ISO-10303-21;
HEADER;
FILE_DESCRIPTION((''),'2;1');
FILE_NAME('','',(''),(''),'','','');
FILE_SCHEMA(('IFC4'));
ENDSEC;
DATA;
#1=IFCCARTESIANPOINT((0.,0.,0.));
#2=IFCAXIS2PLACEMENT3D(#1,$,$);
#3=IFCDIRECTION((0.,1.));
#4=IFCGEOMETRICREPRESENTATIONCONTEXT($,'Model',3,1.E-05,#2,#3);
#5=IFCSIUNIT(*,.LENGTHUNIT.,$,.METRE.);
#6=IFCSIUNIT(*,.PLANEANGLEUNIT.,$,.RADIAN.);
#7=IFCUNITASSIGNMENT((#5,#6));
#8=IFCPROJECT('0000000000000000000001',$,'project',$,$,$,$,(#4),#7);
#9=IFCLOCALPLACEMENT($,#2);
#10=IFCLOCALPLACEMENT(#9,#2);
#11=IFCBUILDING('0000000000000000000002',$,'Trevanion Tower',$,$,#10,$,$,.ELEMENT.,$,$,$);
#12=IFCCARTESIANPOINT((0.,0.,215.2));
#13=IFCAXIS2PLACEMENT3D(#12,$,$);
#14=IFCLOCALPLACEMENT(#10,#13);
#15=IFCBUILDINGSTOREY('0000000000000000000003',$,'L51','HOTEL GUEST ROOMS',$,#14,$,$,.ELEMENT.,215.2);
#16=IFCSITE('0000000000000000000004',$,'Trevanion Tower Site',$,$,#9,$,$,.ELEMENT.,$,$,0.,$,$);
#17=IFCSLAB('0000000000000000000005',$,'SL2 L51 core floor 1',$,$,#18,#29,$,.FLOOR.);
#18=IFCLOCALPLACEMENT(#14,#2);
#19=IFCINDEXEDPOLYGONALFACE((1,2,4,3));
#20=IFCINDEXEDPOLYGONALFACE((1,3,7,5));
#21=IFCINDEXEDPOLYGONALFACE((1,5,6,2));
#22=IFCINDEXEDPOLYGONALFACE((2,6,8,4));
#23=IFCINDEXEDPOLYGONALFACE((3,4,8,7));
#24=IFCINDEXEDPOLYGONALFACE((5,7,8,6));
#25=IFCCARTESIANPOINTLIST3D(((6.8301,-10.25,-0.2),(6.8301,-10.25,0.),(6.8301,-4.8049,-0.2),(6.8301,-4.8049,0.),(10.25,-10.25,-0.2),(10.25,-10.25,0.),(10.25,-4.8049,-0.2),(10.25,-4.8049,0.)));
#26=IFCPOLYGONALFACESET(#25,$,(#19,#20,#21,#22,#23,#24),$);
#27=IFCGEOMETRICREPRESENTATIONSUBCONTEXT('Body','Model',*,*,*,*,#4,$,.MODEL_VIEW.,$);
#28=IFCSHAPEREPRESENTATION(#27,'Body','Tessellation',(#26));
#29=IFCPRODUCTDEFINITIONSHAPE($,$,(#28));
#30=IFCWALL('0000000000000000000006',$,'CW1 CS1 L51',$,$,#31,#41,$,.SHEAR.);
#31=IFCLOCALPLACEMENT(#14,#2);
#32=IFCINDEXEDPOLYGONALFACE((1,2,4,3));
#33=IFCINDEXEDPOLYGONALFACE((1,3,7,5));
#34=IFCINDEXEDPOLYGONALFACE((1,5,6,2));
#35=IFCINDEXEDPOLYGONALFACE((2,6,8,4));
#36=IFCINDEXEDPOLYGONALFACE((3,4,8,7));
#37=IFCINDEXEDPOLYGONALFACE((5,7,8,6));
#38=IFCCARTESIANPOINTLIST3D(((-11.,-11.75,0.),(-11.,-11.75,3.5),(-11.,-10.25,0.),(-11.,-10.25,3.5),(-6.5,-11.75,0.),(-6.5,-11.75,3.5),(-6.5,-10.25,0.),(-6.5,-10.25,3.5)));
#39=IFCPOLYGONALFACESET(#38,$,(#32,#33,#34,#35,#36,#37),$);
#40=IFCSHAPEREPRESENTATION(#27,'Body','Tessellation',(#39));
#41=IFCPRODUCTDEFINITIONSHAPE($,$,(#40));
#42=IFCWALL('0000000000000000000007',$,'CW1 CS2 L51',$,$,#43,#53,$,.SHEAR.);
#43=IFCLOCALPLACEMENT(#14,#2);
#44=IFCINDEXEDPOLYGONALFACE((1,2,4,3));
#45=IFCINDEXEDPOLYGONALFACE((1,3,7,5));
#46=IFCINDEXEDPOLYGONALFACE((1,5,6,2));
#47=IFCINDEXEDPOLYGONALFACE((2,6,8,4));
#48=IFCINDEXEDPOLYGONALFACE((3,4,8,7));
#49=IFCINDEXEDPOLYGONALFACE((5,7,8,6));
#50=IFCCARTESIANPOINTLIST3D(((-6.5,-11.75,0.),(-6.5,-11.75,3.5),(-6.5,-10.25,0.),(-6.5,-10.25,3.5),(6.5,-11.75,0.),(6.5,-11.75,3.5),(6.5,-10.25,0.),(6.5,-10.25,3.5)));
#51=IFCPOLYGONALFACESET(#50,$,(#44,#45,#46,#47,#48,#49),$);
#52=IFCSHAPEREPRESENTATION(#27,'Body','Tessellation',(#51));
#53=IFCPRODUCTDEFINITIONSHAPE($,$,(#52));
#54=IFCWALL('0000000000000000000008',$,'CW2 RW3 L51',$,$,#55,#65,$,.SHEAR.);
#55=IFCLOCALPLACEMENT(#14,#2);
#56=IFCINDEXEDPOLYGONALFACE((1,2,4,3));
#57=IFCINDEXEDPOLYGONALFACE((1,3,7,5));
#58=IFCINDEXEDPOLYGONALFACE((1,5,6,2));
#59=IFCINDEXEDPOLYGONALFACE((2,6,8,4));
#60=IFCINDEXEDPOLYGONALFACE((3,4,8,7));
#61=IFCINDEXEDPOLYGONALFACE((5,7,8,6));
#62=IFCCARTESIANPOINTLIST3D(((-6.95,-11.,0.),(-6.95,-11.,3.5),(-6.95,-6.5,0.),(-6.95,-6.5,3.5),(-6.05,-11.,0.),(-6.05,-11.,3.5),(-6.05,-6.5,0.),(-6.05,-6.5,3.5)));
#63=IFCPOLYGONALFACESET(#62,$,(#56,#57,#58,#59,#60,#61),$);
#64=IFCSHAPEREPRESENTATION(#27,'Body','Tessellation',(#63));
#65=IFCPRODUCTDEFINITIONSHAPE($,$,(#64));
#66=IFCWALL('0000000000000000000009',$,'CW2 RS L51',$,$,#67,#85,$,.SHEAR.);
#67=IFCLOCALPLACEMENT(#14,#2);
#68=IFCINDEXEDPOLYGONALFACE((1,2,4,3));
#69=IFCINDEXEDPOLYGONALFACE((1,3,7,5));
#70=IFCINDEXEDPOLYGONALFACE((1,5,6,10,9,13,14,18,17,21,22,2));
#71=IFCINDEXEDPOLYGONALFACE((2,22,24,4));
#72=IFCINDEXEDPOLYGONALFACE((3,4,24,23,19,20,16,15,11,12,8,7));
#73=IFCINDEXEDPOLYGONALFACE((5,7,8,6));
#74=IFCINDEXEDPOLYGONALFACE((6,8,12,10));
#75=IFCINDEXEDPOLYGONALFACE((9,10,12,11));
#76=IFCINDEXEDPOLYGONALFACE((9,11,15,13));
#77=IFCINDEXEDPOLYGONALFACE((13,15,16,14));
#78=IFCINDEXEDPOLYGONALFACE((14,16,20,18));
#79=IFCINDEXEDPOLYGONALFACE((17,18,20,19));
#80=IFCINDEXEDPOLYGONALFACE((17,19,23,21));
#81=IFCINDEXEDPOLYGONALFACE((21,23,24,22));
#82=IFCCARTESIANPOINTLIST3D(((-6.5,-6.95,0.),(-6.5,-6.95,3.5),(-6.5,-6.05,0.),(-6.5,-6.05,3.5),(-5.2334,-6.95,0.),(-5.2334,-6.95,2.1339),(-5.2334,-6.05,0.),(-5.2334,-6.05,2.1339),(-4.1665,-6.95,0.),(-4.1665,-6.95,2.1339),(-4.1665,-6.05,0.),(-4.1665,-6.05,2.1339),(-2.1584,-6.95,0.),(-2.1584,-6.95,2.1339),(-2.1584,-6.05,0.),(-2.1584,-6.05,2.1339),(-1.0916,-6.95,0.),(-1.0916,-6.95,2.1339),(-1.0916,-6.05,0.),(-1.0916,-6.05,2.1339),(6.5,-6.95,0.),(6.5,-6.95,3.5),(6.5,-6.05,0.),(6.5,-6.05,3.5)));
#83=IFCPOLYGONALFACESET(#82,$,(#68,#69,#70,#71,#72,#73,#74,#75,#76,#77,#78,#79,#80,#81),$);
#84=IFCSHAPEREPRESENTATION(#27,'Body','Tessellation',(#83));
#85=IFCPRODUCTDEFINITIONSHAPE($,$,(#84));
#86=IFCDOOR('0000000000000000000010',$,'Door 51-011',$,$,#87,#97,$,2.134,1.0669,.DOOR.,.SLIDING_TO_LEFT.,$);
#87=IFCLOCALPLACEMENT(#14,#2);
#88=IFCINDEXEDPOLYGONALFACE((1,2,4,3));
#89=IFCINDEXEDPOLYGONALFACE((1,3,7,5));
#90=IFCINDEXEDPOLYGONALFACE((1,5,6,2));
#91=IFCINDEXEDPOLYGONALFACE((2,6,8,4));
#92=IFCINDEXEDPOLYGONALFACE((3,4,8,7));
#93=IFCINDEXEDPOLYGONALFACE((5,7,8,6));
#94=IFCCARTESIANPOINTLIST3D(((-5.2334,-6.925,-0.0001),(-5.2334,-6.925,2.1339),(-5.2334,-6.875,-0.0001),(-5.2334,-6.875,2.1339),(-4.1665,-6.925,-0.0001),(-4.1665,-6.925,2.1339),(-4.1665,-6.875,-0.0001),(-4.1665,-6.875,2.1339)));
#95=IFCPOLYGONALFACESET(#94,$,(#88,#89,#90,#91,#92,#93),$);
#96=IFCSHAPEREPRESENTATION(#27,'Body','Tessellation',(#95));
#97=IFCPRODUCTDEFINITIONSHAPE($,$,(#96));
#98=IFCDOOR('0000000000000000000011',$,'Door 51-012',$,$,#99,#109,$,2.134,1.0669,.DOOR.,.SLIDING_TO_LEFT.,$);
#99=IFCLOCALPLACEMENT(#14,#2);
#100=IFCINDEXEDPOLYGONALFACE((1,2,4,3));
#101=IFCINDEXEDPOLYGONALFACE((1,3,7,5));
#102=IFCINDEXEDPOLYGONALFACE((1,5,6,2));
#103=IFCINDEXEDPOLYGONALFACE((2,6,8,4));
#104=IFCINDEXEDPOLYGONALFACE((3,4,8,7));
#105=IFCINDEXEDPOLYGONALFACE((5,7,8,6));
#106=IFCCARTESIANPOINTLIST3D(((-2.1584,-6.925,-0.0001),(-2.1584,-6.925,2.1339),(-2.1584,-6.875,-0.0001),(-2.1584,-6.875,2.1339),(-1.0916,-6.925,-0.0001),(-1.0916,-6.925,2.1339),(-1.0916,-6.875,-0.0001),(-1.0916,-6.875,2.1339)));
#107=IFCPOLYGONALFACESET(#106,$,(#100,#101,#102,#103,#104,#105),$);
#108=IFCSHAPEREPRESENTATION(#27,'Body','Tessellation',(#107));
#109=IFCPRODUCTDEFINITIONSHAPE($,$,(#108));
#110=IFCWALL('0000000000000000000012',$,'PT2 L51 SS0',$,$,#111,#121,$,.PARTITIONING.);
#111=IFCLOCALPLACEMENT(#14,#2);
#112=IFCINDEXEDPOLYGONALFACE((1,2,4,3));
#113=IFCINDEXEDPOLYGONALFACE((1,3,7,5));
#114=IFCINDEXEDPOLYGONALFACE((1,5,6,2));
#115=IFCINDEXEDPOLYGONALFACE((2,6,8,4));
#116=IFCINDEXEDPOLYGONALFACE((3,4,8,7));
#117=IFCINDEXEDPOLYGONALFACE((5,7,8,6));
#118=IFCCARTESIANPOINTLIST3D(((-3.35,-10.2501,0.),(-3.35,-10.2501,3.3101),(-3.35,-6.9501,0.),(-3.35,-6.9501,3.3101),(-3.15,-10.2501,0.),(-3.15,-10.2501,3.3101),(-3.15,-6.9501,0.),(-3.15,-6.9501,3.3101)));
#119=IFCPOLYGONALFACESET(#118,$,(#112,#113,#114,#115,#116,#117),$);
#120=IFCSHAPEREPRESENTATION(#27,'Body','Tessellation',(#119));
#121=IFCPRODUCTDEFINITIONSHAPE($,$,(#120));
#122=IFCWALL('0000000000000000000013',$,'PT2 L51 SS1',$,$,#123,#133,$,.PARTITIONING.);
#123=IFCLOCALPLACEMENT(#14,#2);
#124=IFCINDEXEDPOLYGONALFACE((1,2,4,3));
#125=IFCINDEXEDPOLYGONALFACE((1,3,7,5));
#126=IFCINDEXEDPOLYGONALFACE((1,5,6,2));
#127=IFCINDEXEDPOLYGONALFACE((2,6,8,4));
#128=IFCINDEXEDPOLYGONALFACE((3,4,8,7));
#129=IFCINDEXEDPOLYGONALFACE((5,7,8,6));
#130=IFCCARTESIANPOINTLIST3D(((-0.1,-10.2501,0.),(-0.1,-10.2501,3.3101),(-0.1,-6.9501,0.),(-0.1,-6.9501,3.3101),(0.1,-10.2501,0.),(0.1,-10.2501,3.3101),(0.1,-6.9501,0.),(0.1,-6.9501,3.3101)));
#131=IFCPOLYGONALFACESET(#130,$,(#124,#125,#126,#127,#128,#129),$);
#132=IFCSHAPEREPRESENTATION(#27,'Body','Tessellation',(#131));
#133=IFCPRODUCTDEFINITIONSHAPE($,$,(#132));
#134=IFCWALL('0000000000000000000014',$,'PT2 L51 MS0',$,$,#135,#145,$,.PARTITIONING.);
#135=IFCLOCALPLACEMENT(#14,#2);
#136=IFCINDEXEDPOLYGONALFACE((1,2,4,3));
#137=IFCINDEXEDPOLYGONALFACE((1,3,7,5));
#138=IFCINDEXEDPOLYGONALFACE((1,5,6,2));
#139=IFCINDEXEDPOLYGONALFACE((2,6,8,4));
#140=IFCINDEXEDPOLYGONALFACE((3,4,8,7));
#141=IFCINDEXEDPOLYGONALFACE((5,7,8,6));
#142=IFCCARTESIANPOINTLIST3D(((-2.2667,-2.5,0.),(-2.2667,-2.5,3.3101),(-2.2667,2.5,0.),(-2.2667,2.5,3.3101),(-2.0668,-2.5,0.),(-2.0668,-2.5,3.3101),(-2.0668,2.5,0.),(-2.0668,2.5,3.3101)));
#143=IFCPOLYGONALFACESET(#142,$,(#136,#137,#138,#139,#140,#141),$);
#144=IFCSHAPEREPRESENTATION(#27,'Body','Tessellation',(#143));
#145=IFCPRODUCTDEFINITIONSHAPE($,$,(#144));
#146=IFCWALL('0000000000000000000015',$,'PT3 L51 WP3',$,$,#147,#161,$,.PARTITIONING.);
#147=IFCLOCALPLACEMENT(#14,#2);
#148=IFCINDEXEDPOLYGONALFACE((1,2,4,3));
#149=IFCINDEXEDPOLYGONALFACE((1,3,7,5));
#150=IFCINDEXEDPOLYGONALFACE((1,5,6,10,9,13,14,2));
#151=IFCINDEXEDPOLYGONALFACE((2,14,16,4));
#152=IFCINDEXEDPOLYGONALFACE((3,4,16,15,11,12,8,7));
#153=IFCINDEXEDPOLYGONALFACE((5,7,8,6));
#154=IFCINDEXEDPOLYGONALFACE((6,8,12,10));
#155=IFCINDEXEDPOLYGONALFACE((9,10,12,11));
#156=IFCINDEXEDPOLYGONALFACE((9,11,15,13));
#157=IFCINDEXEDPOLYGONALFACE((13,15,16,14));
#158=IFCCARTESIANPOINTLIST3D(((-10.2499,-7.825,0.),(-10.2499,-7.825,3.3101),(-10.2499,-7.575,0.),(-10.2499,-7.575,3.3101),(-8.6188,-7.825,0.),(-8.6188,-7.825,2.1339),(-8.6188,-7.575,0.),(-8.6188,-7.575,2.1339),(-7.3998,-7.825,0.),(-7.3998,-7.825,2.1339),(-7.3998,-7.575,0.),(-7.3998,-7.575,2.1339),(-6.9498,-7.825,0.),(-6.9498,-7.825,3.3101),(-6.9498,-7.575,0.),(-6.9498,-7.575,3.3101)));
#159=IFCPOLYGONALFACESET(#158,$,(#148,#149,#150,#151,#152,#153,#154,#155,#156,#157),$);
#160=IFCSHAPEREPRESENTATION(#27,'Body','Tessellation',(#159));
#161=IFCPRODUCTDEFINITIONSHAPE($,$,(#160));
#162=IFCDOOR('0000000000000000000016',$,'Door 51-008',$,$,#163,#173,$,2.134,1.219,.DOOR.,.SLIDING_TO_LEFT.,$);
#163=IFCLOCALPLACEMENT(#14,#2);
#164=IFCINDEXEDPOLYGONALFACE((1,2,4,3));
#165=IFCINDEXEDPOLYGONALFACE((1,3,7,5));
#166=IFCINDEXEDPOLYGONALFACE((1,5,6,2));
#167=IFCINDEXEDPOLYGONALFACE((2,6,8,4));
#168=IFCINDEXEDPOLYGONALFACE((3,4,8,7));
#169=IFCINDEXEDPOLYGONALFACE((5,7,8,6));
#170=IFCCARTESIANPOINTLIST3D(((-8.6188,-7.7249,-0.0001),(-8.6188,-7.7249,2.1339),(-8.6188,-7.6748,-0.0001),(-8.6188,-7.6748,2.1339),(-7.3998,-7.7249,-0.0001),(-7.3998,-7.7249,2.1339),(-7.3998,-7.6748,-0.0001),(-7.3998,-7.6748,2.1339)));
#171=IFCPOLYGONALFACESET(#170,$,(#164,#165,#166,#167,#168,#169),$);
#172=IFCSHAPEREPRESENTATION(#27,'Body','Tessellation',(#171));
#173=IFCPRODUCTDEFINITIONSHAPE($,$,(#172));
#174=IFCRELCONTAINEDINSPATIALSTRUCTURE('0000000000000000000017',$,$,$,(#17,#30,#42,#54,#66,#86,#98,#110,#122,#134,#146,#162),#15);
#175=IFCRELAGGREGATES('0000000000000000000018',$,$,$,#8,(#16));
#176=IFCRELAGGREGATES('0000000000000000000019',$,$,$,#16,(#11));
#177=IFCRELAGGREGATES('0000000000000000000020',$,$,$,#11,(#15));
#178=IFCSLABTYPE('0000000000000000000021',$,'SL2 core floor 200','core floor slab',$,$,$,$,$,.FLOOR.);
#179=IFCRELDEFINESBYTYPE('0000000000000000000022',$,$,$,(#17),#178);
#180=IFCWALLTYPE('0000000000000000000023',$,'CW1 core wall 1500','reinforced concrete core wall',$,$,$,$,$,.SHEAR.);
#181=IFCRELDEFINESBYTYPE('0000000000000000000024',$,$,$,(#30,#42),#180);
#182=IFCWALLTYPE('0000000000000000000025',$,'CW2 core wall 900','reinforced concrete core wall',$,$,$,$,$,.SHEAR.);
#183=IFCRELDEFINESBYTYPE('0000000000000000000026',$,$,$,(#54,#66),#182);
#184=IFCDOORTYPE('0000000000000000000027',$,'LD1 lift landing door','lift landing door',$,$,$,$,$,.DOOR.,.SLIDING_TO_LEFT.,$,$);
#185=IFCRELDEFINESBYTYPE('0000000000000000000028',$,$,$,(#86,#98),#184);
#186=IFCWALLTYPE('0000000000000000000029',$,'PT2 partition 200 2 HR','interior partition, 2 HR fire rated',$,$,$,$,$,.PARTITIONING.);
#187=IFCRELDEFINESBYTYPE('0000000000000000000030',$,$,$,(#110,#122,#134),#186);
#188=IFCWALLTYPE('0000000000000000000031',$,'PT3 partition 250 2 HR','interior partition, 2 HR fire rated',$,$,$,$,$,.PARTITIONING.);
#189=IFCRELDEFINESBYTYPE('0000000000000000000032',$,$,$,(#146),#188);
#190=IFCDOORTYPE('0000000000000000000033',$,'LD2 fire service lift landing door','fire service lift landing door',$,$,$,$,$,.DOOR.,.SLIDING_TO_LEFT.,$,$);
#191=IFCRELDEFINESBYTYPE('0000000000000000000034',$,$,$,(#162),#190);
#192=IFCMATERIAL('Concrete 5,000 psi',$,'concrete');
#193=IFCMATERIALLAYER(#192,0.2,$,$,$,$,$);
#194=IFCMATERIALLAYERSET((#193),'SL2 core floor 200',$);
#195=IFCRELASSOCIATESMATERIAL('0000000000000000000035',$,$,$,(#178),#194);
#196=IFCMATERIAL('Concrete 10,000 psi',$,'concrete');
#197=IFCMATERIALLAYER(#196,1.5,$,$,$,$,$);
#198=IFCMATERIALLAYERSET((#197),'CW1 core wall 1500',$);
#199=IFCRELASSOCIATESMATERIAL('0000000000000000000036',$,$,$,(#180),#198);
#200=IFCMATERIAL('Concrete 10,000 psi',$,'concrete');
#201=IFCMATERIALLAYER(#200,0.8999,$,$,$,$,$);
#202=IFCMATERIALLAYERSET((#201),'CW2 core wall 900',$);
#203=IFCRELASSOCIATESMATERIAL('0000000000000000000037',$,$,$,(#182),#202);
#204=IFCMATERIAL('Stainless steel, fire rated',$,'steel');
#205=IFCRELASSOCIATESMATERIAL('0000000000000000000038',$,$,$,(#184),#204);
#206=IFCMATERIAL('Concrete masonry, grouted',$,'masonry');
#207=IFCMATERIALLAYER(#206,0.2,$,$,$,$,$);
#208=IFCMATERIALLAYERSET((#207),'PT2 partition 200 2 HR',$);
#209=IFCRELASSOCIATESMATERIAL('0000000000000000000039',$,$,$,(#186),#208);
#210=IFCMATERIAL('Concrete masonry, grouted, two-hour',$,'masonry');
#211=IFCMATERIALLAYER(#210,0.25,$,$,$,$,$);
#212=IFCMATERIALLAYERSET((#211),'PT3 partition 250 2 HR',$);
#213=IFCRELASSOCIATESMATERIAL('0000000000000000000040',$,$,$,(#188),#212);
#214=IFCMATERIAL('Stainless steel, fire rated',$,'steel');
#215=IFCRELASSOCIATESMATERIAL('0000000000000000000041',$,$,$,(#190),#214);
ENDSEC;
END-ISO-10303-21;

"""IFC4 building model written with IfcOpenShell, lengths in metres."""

from ifc_helpers import new_model, si_unit, direction, frame, frame_2d, origin, place, context, subcontext, project, spatial, polyline, rectangle, outline, extrude, material, layer, layer_set, type_object, element, fill, save


model = new_model("IFC4")

# Units and contexts
model_context = context("Model", 3, precision=1e-05, world=origin(), true_north=direction((0.0, 1.0)))
body_context = subcontext(model_context, "Body", "Model", "MODEL_VIEW")
ifc_project = project(units=[si_unit("LENGTHUNIT", "METRE"), si_unit("PLANEANGLEUNIT", "RADIAN")], contexts=[model_context])

# Site, building, storey
site_placement = place(None, origin())
site = spatial("IfcSite", under=ifc_project, at=site_placement, Name="Trevanion Tower Site", CompositionType="ELEMENT", RefElevation=0.0)
building_placement = place(site_placement, origin())
building = spatial("IfcBuilding", under=site, at=building_placement, Name="Trevanion Tower", CompositionType="ELEMENT")
storey_placement = place(building_placement, frame((0.0, 0.0, 215.2)))
storey = spatial("IfcBuildingStorey", under=building, at=storey_placement, Name="L51", Description="HOTEL GUEST ROOMS", CompositionType="ELEMENT", Elevation=215.2)

# Slab
ifc_material_1 = material(Name="Concrete 5,000 psi", Category="concrete")
ifc_layer_1 = layer(ifc_material_1, 0.2)
ifc_layer_set_1 = layer_set([ifc_layer_1], Name="SL2 core floor 200")
slab_type_1 = type_object("IfcSlabType", Name="SL2 core floor 200", Description="core floor slab", PredefinedType="FLOOR", material=ifc_layer_set_1)
slab_1_placement = place(storey_placement, frame((0.0, 0.0, -0.2)))
element("IfcSlab", 1, at=slab_1_placement, inside=storey, type_object=slab_type_1, Name="SL2 L51 core floor 1", PredefinedType="FLOOR", context=body_context, shape_type="SweptSolid", body=[
    extrude(outline(polyline([(10.25, -4.8049), (10.25, -10.25), (6.8301, -10.25), (6.8301, -4.8049), (10.25, -4.8049)])), origin(), (0.0, 0.0, 1.0), 0.2),
])

# Walls
ifc_material_2 = material(Name="Concrete 10,000 psi", Category="concrete")
ifc_layer_2 = layer(ifc_material_2, 1.5)
ifc_layer_set_2 = layer_set([ifc_layer_2], Name="CW1 core wall 1500")
wall_type_1 = type_object("IfcWallType", Name="CW1 core wall 1500", Description="reinforced concrete core wall", PredefinedType="SHEAR", material=ifc_layer_set_2)
wall_1_placement = place(storey_placement, frame((-11.0, -11.0, 0.0), z_axis=(0.0, 0.0, 1.0), x_axis=(1.0, 0.0, 0.0)))
element("IfcWall", 2, at=wall_1_placement, inside=storey, type_object=wall_type_1, Name="CW1 CS1 L51", PredefinedType="SHEAR", context=body_context, shape_type="SweptSolid", body=[
    extrude(rectangle(XDim=4.5, YDim=1.5, at=frame_2d((2.25, 0.0))), origin(), (0.0, 0.0, 1.0), 3.5),
])
wall_2_placement = place(storey_placement, frame((-6.5, -11.0, 0.0), z_axis=(0.0, 0.0, 1.0), x_axis=(1.0, 0.0, 0.0)))
element("IfcWall", 3, at=wall_2_placement, inside=storey, type_object=wall_type_1, Name="CW1 CS2 L51", PredefinedType="SHEAR", context=body_context, shape_type="SweptSolid", body=[
    extrude(rectangle(XDim=13.0, YDim=1.5, at=frame_2d((6.5, 0.0))), origin(), (0.0, 0.0, 1.0), 3.5),
])
ifc_material_3 = material(Name="Concrete 10,000 psi", Category="concrete")
ifc_layer_3 = layer(ifc_material_3, 0.8999)
ifc_layer_set_3 = layer_set([ifc_layer_3], Name="CW2 core wall 900")
wall_type_2 = type_object("IfcWallType", Name="CW2 core wall 900", Description="reinforced concrete core wall", PredefinedType="SHEAR", material=ifc_layer_set_3)
wall_3_placement = place(storey_placement, frame((-6.5, -6.5, 0.0), z_axis=(0.0, 0.0, 1.0), x_axis=(0.0, -1.0, 0.0)))
element("IfcWall", 4, at=wall_3_placement, inside=storey, type_object=wall_type_2, Name="CW2 RW3 L51", PredefinedType="SHEAR", context=body_context, shape_type="SweptSolid", body=[
    extrude(rectangle(XDim=4.5, YDim=0.8999, at=frame_2d((2.25, 0.0))), origin(), (0.0, 0.0, 1.0), 3.5),
])

# Wall, openings, doors
wall_4_placement = place(storey_placement, frame((-6.5, -6.5, 0.0), z_axis=(0.0, 0.0, 1.0), x_axis=(1.0, 0.0, 0.0)))
wall_4 = element("IfcWall", 5, at=wall_4_placement, inside=storey, type_object=wall_type_2, Name="CW2 RS L51", PredefinedType="SHEAR", context=body_context, shape_type="SweptSolid", body=[
    extrude(rectangle(XDim=13.0, YDim=0.8999, at=frame_2d((6.5, 0.0))), origin(), (0.0, 0.0, 1.0), 3.5),
])
opening_1_placement = place(wall_4_placement, frame((1.2666, 0.0, 0.0)))
opening_1 = element("IfcOpeningElement", 6, at=opening_1_placement, cuts=wall_4, PredefinedType="OPENING", context=body_context, shape_type="SweptSolid", body=[
    extrude(rectangle(XDim=1.0669, YDim=2.134, at=frame_2d((0.5334, 1.0669))), frame((0.0, 0.46, 0.0), z_axis=(0.0, -1.0, 0.0), x_axis=(1.0, 0.0, 0.0)), (0.0, 0.0, 1.0), 0.9199),
])
opening_2_placement = place(wall_4_placement, frame((4.3416, 0.0, 0.0)))
opening_2 = element("IfcOpeningElement", 7, at=opening_2_placement, cuts=wall_4, PredefinedType="OPENING", context=body_context, shape_type="SweptSolid", body=[
    extrude(rectangle(XDim=1.0669, YDim=2.134, at=frame_2d((0.5334, 1.0669))), frame((0.0, 0.46, 0.0), z_axis=(0.0, -1.0, 0.0), x_axis=(1.0, 0.0, 0.0)), (0.0, 0.0, 1.0), 0.9199),
])
ifc_material_4 = material(Name="Stainless steel, fire rated", Category="steel")
door_type_1 = type_object("IfcDoorType", Name="LD1 lift landing door", Description="lift landing door", OperationType="SLIDING_TO_LEFT", PredefinedType="DOOR", material=ifc_material_4)
door_1_placement = place(opening_1_placement, origin())
door_1 = element("IfcDoor", 8, at=door_1_placement, inside=storey, type_object=door_type_1, Name="Door 51-011", OperationType="SLIDING_TO_LEFT", OverallHeight=2.134, OverallWidth=1.0669, PredefinedType="DOOR", context=body_context, shape_type="SweptSolid", body=[
    extrude(rectangle(XDim=1.0669, YDim=2.134, at=frame_2d((0.5334, 1.0669))), frame((0.0, -0.375, 0.0), z_axis=(0.0, -1.0, 0.0), x_axis=(1.0, 0.0, 0.0)), (0.0, 0.0, 1.0), 0.05),
])
fill(opening_1, door_1)
door_2_placement = place(opening_2_placement, origin())
door_2 = element("IfcDoor", 9, at=door_2_placement, inside=storey, type_object=door_type_1, Name="Door 51-012", OperationType="SLIDING_TO_LEFT", OverallHeight=2.134, OverallWidth=1.0669, PredefinedType="DOOR", context=body_context, shape_type="SweptSolid", body=[
    extrude(rectangle(XDim=1.0669, YDim=2.134, at=frame_2d((0.5334, 1.0669))), frame((0.0, -0.375, 0.0), z_axis=(0.0, -1.0, 0.0), x_axis=(1.0, 0.0, 0.0)), (0.0, 0.0, 1.0), 0.05),
])
fill(opening_2, door_2)

# Walls
ifc_material_5 = material(Name="Concrete masonry, grouted", Category="masonry")
ifc_layer_4 = layer(ifc_material_5, 0.2)
ifc_layer_set_4 = layer_set([ifc_layer_4], Name="PT2 partition 200 2 HR")
wall_type_3 = type_object("IfcWallType", Name="PT2 partition 200 2 HR", Description="interior partition, 2 HR fire rated", PredefinedType="PARTITIONING", material=ifc_layer_set_4)
for number, where, z_axis, x_axis, name in (
    (10, (-3.25, -10.25, 0.0), (0.0, 0.0, 1.0), (0.0, 1.0, 0.0), "PT2 L51 SS0"),
    (11, (0.0, -10.25, 0.0), (0.0, 0.0, 1.0), (0.0, 1.0, 0.0), "PT2 L51 SS1"),
):
    element("IfcWall", number, at=place(storey_placement, frame(where, z_axis=z_axis, x_axis=x_axis)), inside=storey, type_object=wall_type_3, Name=name, PredefinedType="PARTITIONING", context=body_context, shape_type="SweptSolid", body=[
        extrude(rectangle(XDim=3.3, YDim=0.2, at=frame_2d((1.6499, 0.0))), origin(), (0.0, 0.0, 1.0), 3.3101),
    ])
wall_5_placement = place(storey_placement, frame((-2.1667, -2.5, 0.0), z_axis=(0.0, 0.0, 1.0), x_axis=(0.0, 1.0, 0.0)))
element("IfcWall", 12, at=wall_5_placement, inside=storey, type_object=wall_type_3, Name="PT2 L51 MS0", PredefinedType="PARTITIONING", context=body_context, shape_type="SweptSolid", body=[
    extrude(rectangle(XDim=5.0, YDim=0.2, at=frame_2d((2.5, 0.0))), origin(), (0.0, 0.0, 1.0), 3.3101),
])

# Wall, opening, door
ifc_material_6 = material(Name="Concrete masonry, grouted, two-hour", Category="masonry")
ifc_layer_5 = layer(ifc_material_6, 0.25)
ifc_layer_set_5 = layer_set([ifc_layer_5], Name="PT3 partition 250 2 HR")
wall_type_4 = type_object("IfcWallType", Name="PT3 partition 250 2 HR", Description="interior partition, 2 HR fire rated", PredefinedType="PARTITIONING", material=ifc_layer_set_5)
wall_6_placement = place(storey_placement, frame((-6.95, -7.7, 0.0), z_axis=(0.0, 0.0, 1.0), x_axis=(-1.0, 0.0, 0.0)))
wall_6 = element("IfcWall", 13, at=wall_6_placement, inside=storey, type_object=wall_type_4, Name="PT3 L51 WP3", PredefinedType="PARTITIONING", context=body_context, shape_type="SweptSolid", body=[
    extrude(rectangle(XDim=3.3, YDim=0.25, at=frame_2d((1.6499, 0.0))), origin(), (0.0, 0.0, 1.0), 3.3101),
])
opening_3_placement = place(wall_6_placement, frame((0.45, 0.0, 0.0)))
opening_3 = element("IfcOpeningElement", 14, at=opening_3_placement, cuts=wall_6, PredefinedType="OPENING", context=body_context, shape_type="SweptSolid", body=[
    extrude(rectangle(XDim=1.219, YDim=2.134, at=frame_2d((0.6094, 1.0669))), frame((0.0, 0.135, 0.0), z_axis=(0.0, -1.0, 0.0), x_axis=(1.0, 0.0, 0.0)), (0.0, 0.0, 1.0), 0.27),
])
ifc_material_7 = material(Name="Stainless steel, fire rated", Category="steel")
door_type_2 = type_object("IfcDoorType", Name="LD2 fire service lift landing door", Description="fire service lift landing door", OperationType="SLIDING_TO_LEFT", PredefinedType="DOOR", material=ifc_material_7)
door_3_placement = place(opening_3_placement, origin())
door_3 = element("IfcDoor", 15, at=door_3_placement, inside=storey, type_object=door_type_2, Name="Door 51-008", OperationType="SLIDING_TO_LEFT", OverallHeight=2.134, OverallWidth=1.219, PredefinedType="DOOR", context=body_context, shape_type="SweptSolid", body=[
    extrude(rectangle(XDim=1.219, YDim=2.134, at=frame_2d((0.6094, 1.0669))), frame((0.0, 0.0249, 0.0), z_axis=(0.0, -1.0, 0.0), x_axis=(1.0, 0.0, 0.0)), (0.0, 0.0, 1.0), 0.05),
])
fill(opening_3, door_3)

save(model, "model.ifc")
